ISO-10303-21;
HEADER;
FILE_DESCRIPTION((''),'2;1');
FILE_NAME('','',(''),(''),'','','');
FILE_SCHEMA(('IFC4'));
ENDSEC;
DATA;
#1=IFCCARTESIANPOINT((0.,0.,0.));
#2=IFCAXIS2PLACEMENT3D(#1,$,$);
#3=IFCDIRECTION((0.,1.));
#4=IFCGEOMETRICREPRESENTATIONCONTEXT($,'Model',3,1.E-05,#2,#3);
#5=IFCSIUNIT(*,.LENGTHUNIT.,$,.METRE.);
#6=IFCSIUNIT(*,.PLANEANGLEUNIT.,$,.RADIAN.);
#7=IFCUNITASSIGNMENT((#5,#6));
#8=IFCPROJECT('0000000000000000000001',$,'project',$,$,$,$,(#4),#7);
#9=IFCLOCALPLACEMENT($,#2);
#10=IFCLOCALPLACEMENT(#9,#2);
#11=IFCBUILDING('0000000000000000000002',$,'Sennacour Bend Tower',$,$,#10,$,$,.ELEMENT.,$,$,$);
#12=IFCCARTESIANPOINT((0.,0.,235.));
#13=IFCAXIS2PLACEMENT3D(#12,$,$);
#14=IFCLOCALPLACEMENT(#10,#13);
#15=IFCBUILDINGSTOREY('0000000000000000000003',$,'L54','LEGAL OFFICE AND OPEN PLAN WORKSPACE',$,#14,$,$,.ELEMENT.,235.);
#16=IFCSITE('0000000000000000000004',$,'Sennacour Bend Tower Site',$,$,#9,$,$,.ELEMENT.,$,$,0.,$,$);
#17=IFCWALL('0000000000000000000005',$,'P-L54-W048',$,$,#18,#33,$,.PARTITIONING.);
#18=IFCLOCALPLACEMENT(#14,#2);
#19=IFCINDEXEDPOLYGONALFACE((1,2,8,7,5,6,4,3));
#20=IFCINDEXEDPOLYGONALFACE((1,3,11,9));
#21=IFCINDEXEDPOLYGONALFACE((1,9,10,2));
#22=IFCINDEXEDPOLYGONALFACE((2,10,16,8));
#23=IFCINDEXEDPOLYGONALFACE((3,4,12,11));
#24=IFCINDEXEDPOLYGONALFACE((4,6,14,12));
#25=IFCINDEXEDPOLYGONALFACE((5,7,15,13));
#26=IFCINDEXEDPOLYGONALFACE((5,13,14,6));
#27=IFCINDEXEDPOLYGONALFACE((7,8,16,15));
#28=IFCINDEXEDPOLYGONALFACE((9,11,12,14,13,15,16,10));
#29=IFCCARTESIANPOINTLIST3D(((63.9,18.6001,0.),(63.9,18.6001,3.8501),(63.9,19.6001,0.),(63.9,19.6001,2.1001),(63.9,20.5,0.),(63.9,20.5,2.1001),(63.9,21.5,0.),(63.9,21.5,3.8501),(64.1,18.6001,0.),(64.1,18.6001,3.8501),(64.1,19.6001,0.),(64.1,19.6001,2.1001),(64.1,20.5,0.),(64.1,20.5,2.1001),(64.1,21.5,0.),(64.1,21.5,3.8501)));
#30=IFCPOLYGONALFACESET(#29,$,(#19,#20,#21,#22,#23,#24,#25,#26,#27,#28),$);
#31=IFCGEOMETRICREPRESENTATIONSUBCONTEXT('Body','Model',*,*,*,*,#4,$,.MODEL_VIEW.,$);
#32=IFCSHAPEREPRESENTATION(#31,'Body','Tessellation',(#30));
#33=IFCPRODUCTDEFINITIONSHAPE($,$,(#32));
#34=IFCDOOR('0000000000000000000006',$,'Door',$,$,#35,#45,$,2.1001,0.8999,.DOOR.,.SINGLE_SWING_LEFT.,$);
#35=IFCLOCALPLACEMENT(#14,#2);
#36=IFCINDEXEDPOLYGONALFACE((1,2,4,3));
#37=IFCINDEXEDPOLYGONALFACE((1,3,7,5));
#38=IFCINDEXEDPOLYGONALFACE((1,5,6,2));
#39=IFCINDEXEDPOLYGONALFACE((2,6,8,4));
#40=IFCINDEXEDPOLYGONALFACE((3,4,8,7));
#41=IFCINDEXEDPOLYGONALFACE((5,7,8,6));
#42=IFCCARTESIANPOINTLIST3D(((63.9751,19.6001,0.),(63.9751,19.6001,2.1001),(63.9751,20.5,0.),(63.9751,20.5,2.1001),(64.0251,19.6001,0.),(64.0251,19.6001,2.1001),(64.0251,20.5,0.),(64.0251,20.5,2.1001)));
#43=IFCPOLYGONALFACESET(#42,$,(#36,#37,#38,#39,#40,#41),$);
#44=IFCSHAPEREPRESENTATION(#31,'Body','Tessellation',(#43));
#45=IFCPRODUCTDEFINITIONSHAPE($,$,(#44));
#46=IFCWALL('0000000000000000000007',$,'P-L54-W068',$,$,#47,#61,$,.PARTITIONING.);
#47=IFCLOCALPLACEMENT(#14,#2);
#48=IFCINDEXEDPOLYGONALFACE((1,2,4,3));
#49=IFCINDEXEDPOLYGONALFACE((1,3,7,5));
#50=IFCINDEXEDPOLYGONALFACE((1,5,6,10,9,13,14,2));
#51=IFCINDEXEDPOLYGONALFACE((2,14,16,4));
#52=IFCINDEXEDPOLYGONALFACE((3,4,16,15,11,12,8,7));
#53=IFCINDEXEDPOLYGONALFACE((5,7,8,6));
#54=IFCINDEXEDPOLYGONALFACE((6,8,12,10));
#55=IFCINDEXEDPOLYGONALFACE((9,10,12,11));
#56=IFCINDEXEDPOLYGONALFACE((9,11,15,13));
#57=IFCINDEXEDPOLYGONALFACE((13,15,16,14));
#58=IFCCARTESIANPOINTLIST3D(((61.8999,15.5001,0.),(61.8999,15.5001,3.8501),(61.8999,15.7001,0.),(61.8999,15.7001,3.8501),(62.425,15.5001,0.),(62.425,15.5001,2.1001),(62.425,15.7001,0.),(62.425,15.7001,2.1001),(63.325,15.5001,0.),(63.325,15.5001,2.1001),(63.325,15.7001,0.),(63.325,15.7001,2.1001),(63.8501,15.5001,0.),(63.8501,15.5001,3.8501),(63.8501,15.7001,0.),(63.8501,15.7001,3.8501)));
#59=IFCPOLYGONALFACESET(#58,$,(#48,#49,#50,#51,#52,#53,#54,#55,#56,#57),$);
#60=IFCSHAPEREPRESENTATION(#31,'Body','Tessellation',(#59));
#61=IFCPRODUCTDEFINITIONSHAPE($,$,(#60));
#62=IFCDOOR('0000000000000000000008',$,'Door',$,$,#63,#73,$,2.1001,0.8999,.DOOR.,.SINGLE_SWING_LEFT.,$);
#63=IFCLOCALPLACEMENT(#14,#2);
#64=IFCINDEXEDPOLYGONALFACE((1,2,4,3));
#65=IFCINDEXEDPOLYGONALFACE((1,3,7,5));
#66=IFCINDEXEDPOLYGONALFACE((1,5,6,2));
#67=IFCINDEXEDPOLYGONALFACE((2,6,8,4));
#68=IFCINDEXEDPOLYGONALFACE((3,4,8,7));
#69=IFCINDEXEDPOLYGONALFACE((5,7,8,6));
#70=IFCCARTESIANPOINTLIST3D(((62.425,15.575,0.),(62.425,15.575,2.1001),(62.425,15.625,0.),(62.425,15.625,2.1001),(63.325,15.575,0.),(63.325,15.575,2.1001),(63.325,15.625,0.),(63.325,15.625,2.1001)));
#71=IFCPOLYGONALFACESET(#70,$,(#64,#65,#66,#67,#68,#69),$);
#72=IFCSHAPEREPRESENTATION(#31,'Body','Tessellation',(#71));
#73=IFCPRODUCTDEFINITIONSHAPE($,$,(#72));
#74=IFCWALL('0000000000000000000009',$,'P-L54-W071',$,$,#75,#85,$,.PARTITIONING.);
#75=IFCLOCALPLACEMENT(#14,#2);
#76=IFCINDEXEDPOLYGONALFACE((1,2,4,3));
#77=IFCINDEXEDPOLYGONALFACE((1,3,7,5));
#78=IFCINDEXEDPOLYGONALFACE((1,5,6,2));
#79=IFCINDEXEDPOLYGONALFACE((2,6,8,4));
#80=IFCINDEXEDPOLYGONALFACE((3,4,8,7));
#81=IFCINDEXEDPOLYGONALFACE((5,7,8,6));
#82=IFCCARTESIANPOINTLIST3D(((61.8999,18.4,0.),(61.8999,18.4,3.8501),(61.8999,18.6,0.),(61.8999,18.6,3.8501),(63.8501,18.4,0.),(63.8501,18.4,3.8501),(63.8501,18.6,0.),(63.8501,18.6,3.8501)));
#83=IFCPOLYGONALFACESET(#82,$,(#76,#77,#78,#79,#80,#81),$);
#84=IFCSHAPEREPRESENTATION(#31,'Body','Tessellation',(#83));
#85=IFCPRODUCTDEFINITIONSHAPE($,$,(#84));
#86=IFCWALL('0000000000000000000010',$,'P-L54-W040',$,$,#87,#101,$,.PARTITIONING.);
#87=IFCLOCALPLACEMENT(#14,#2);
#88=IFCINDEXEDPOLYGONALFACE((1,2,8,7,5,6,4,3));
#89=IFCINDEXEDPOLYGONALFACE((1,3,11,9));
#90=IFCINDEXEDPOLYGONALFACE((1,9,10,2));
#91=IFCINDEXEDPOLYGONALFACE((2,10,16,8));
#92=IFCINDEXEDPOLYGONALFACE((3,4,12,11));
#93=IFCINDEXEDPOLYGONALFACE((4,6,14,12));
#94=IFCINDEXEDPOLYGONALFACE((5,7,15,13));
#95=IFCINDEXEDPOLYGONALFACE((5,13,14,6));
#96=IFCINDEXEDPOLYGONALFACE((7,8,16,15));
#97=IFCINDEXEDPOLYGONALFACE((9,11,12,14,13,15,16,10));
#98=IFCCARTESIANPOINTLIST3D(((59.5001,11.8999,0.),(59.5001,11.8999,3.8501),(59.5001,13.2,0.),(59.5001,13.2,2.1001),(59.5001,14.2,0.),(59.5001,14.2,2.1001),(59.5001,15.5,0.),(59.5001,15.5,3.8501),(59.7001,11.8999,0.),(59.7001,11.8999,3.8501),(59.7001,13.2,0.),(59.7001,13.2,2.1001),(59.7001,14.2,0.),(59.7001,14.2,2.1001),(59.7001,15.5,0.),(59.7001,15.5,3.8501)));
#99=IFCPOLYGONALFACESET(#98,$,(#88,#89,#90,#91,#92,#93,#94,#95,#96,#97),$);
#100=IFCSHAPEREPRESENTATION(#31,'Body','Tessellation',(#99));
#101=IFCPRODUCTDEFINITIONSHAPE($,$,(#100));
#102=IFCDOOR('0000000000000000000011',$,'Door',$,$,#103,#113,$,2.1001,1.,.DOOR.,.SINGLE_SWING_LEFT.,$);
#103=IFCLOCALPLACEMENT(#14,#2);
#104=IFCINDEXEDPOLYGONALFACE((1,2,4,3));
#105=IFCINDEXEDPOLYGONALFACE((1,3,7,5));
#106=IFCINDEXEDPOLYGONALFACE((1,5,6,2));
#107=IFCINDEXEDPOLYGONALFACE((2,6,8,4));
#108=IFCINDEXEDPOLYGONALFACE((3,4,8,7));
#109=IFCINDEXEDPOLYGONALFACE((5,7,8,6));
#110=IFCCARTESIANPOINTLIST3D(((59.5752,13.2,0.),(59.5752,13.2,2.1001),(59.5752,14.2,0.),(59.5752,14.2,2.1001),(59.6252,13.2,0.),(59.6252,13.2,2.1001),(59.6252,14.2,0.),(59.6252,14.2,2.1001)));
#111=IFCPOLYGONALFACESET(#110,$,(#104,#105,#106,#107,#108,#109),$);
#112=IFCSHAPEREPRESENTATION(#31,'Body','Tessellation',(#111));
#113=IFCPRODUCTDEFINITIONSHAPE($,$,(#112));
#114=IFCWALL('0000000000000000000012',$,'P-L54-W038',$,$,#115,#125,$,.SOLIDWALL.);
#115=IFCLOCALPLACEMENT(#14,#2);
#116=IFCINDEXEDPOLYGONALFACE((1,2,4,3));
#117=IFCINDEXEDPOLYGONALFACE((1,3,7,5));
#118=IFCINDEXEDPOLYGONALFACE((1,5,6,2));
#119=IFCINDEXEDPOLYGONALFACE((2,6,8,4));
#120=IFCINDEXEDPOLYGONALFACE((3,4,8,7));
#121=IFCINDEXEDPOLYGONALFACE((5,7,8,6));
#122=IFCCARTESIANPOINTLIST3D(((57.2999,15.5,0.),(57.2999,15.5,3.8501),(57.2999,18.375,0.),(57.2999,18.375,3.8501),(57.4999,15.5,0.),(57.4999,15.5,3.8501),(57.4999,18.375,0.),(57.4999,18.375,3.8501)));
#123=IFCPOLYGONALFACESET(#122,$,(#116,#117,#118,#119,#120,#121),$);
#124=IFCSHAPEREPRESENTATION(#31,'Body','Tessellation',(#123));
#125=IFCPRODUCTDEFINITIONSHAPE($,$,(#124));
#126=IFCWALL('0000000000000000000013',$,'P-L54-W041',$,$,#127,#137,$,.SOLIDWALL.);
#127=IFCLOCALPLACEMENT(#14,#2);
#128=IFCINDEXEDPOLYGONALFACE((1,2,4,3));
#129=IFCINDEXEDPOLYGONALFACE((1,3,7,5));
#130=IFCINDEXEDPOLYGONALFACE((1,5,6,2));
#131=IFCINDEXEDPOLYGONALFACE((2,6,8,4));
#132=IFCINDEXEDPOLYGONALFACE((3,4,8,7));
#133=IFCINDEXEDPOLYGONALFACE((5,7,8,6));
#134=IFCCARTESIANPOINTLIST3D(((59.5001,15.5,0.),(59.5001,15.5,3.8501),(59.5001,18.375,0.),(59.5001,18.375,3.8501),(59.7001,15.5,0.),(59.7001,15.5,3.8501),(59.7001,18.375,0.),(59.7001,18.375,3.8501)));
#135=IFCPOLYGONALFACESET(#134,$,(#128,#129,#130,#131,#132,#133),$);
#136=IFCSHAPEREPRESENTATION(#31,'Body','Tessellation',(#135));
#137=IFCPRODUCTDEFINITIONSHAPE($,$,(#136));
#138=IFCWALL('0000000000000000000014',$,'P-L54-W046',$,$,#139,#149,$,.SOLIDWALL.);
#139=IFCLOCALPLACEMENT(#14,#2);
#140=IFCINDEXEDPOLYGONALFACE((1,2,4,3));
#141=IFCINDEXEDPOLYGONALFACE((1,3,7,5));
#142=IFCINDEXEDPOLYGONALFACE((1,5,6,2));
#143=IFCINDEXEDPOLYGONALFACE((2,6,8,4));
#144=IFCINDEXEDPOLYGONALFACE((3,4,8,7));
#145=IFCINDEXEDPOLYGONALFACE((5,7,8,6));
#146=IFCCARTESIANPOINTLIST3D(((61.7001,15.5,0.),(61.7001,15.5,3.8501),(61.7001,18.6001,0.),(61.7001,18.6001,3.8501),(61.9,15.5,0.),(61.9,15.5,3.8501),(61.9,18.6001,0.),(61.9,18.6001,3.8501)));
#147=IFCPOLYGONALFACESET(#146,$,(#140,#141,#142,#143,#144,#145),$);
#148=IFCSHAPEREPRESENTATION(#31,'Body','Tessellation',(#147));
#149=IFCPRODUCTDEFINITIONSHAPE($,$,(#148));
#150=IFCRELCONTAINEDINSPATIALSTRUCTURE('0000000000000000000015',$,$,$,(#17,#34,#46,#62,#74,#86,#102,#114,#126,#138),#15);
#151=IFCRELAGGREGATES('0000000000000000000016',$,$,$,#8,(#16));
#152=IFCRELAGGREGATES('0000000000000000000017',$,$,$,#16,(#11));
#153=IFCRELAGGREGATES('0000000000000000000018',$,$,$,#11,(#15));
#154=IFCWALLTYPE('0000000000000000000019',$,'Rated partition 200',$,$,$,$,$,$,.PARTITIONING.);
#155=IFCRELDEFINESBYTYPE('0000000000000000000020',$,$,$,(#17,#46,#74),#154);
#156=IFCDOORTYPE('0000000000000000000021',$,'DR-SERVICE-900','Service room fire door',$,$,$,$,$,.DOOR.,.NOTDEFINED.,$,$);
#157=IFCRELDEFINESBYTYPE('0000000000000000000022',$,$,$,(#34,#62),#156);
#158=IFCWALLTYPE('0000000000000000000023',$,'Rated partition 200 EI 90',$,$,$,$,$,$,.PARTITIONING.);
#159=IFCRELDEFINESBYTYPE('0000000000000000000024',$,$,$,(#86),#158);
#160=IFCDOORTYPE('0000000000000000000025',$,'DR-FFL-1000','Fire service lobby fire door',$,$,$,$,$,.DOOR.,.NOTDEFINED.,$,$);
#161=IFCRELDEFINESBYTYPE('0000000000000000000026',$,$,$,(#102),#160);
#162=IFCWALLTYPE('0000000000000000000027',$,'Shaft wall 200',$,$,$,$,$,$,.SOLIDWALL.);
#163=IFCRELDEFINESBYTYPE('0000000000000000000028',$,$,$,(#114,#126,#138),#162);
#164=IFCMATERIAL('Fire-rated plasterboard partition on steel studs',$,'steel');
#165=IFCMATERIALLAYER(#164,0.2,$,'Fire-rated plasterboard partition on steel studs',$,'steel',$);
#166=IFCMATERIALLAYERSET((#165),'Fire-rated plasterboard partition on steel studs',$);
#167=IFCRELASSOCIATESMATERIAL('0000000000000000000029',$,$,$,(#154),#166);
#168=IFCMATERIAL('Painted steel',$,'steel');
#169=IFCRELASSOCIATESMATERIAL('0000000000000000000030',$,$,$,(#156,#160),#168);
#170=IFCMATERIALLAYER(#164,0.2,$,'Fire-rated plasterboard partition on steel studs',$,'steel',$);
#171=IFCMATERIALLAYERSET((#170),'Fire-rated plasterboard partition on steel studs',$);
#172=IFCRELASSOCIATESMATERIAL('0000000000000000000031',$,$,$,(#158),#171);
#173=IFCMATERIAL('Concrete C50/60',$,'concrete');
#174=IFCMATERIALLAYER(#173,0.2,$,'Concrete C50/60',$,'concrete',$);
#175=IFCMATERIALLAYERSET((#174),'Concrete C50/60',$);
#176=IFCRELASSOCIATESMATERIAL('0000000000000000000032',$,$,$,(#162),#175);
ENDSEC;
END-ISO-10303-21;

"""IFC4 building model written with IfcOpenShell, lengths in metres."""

from ifc_helpers import new_model, si_unit, direction, frame, frame_2d, origin, place, context, subcontext, project, spatial, rectangle, extrude, material, layer, layer_set, type_object, element, fill, save


model = new_model("IFC4")

# Units and contexts
model_context = context("Model", 3, precision=1e-05, world=origin(), true_north=direction((0.0, 1.0)))
body_context = subcontext(model_context, "Body", "Model", "MODEL_VIEW")
ifc_project = project(units=[si_unit("LENGTHUNIT", "METRE"), si_unit("PLANEANGLEUNIT", "RADIAN")], contexts=[model_context])

# Site, building, storey
site_placement = place(None, origin())
site = spatial("IfcSite", under=ifc_project, at=site_placement, Name="Sennacour Bend Tower Site", CompositionType="ELEMENT", RefElevation=0.0)
building_placement = place(site_placement, origin())
building = spatial("IfcBuilding", under=site, at=building_placement, Name="Sennacour Bend Tower", CompositionType="ELEMENT")
storey_placement = place(building_placement, frame((0.0, 0.0, 235.0)))
storey = spatial("IfcBuildingStorey", under=building, at=storey_placement, Name="L54", Description="LEGAL OFFICE AND OPEN PLAN WORKSPACE", CompositionType="ELEMENT", Elevation=235.0)

# Walls, openings, doors
ifc_material_1 = material(Name="Fire-rated plasterboard partition on steel studs", Category="steel")
ifc_layer_1 = layer(ifc_material_1, 0.2, Name="Fire-rated plasterboard partition on steel studs", Category="steel")
ifc_layer_set_1 = layer_set([ifc_layer_1], Name="Fire-rated plasterboard partition on steel studs")
wall_type_1 = type_object("IfcWallType", Name="Rated partition 200", PredefinedType="PARTITIONING", material=ifc_layer_set_1)
wall_1_placement = place(storey_placement, frame((64.0, 18.6001, 0.0), z_axis=(0.0, 0.0, 1.0), x_axis=(0.0, 1.0, 0.0)))
wall_1 = element("IfcWall", 1, at=wall_1_placement, inside=storey, type_object=wall_type_1, Name="P-L54-W048", PredefinedType="PARTITIONING", context=body_context, shape_type="SweptSolid", body=[
    extrude(rectangle(XDim=2.8999, YDim=0.2, at=frame_2d((1.45, 0.0))), origin(), (0.0, 0.0, 1.0), 3.8501),
])
opening_1_placement = place(wall_1_placement, frame((1.0, 0.0, 0.0)))
opening_1 = element("IfcOpeningElement", 2, at=opening_1_placement, cuts=wall_1, PredefinedType="OPENING", context=body_context, shape_type="SweptSolid", body=[
    extrude(rectangle(XDim=0.8999, YDim=2.1001, at=frame_2d((0.45, 1.05))), frame((0.0, 0.1099, 0.0), z_axis=(0.0, -1.0, 0.0), x_axis=(1.0, 0.0, 0.0)), (0.0, 0.0, 1.0), 0.22),
])
ifc_material_2 = material(Name="Painted steel", Category="steel")
door_type_1 = type_object("IfcDoorType", Name="DR-SERVICE-900", Description="Service room fire door", OperationType="NOTDEFINED", PredefinedType="DOOR", material=ifc_material_2)
door_1_placement = place(opening_1_placement, origin())
door_1 = element("IfcDoor", 3, at=door_1_placement, inside=storey, type_object=door_type_1, Name="Door", OperationType="SINGLE_SWING_LEFT", OverallHeight=2.1001, OverallWidth=0.8999, PredefinedType="DOOR", context=body_context, shape_type="SweptSolid", body=[
    extrude(rectangle(XDim=0.8999, YDim=2.1001, at=frame_2d((0.45, 1.05))), frame((0.0, 0.0249, 0.0), z_axis=(0.0, -1.0, 0.0), x_axis=(1.0, 0.0, 0.0)), (0.0, 0.0, 1.0), 0.05),
])
fill(opening_1, door_1)
wall_2_placement = place(storey_placement, frame((61.8999, 15.6001, 0.0), z_axis=(0.0, 0.0, 1.0), x_axis=(1.0, 0.0, 0.0)))
wall_2 = element("IfcWall", 4, at=wall_2_placement, inside=storey, type_object=wall_type_1, Name="P-L54-W068", PredefinedType="PARTITIONING", context=body_context, shape_type="SweptSolid", body=[
    extrude(rectangle(XDim=1.9502, YDim=0.2, at=frame_2d((0.9751, 0.0))), origin(), (0.0, 0.0, 1.0), 3.8501),
])
opening_2_placement = place(wall_2_placement, frame((0.5251, 0.0, 0.0)))
opening_2 = element("IfcOpeningElement", 5, at=opening_2_placement, cuts=wall_2, PredefinedType="OPENING", context=body_context, shape_type="SweptSolid", body=[
    extrude(rectangle(XDim=0.8999, YDim=2.1001, at=frame_2d((0.45, 1.05))), frame((0.0, 0.1099, 0.0), z_axis=(0.0, -1.0, 0.0), x_axis=(1.0, 0.0, 0.0)), (0.0, 0.0, 1.0), 0.22),
])
door_2_placement = place(opening_2_placement, origin())
door_2 = element("IfcDoor", 6, at=door_2_placement, inside=storey, type_object=door_type_1, Name="Door", OperationType="SINGLE_SWING_LEFT", OverallHeight=2.1001, OverallWidth=0.8999, PredefinedType="DOOR", context=body_context, shape_type="SweptSolid", body=[
    extrude(rectangle(XDim=0.8999, YDim=2.1001, at=frame_2d((0.45, 1.05))), frame((0.0, 0.0249, 0.0), z_axis=(0.0, -1.0, 0.0), x_axis=(1.0, 0.0, 0.0)), (0.0, 0.0, 1.0), 0.05),
])
fill(opening_2, door_2)

# Wall
wall_3_placement = place(storey_placement, frame((61.8999, 18.5, 0.0), z_axis=(0.0, 0.0, 1.0), x_axis=(1.0, 0.0, 0.0)))
element("IfcWall", 7, at=wall_3_placement, inside=storey, type_object=wall_type_1, Name="P-L54-W071", PredefinedType="PARTITIONING", context=body_context, shape_type="SweptSolid", body=[
    extrude(rectangle(XDim=1.9502, YDim=0.2, at=frame_2d((0.9751, 0.0))), origin(), (0.0, 0.0, 1.0), 3.8501),
])

# Wall, opening, door
ifc_layer_2 = layer(ifc_material_1, 0.2, Name="Fire-rated plasterboard partition on steel studs", Category="steel")
ifc_layer_set_2 = layer_set([ifc_layer_2], Name="Fire-rated plasterboard partition on steel studs")
wall_type_2 = type_object("IfcWallType", Name="Rated partition 200 EI 90", PredefinedType="PARTITIONING", material=ifc_layer_set_2)
wall_4_placement = place(storey_placement, frame((59.6001, 11.8999, 0.0), z_axis=(0.0, 0.0, 1.0), x_axis=(0.0, 1.0, 0.0)))
wall_4 = element("IfcWall", 8, at=wall_4_placement, inside=storey, type_object=wall_type_2, Name="P-L54-W040", PredefinedType="PARTITIONING", context=body_context, shape_type="SweptSolid", body=[
    extrude(rectangle(XDim=3.6001, YDim=0.2, at=frame_2d((1.8, 0.0))), origin(), (0.0, 0.0, 1.0), 3.8501),
])
opening_3_placement = place(wall_4_placement, frame((1.3, 0.0, 0.0)))
opening_3 = element("IfcOpeningElement", 9, at=opening_3_placement, cuts=wall_4, PredefinedType="OPENING", context=body_context, shape_type="SweptSolid", body=[
    extrude(rectangle(XDim=1.0, YDim=2.1001, at=frame_2d((0.5, 1.05))), frame((0.0, 0.1099, 0.0), z_axis=(0.0, -1.0, 0.0), x_axis=(1.0, 0.0, 0.0)), (0.0, 0.0, 1.0), 0.22),
])
door_type_2 = type_object("IfcDoorType", Name="DR-FFL-1000", Description="Fire service lobby fire door", OperationType="NOTDEFINED", PredefinedType="DOOR", material=ifc_material_2)
door_3_placement = place(opening_3_placement, origin())
door_3 = element("IfcDoor", 10, at=door_3_placement, inside=storey, type_object=door_type_2, Name="Door", OperationType="SINGLE_SWING_LEFT", OverallHeight=2.1001, OverallWidth=1.0, PredefinedType="DOOR", context=body_context, shape_type="SweptSolid", body=[
    extrude(rectangle(XDim=1.0, YDim=2.1001, at=frame_2d((0.5, 1.05))), frame((0.0, 0.0249, 0.0), z_axis=(0.0, -1.0, 0.0), x_axis=(1.0, 0.0, 0.0)), (0.0, 0.0, 1.0), 0.05),
])
fill(opening_3, door_3)

# Walls
ifc_material_3 = material(Name="Concrete C50/60", Category="concrete")
ifc_layer_3 = layer(ifc_material_3, 0.2, Name="Concrete C50/60", Category="concrete")
ifc_layer_set_3 = layer_set([ifc_layer_3], Name="Concrete C50/60")
wall_type_3 = type_object("IfcWallType", Name="Shaft wall 200", PredefinedType="SOLIDWALL", material=ifc_layer_set_3)
for number, where, z_axis, x_axis, name in (
    (11, (57.3999, 15.5, 0.0), (0.0, 0.0, 1.0), (0.0, 1.0, 0.0), "P-L54-W038"),
    (12, (59.6001, 15.5, 0.0), (0.0, 0.0, 1.0), (0.0, 1.0, 0.0), "P-L54-W041"),
):
    element("IfcWall", number, at=place(storey_placement, frame(where, z_axis=z_axis, x_axis=x_axis)), inside=storey, type_object=wall_type_3, Name=name, PredefinedType="SOLIDWALL", context=body_context, shape_type="SweptSolid", body=[
        extrude(rectangle(XDim=2.875, YDim=0.2, at=frame_2d((1.4375, 0.0))), origin(), (0.0, 0.0, 1.0), 3.8501),
    ])
wall_5_placement = place(storey_placement, frame((61.8, 15.5, 0.0), z_axis=(0.0, 0.0, 1.0), x_axis=(0.0, 1.0, 0.0)))
element("IfcWall", 13, at=wall_5_placement, inside=storey, type_object=wall_type_3, Name="P-L54-W046", PredefinedType="SOLIDWALL", context=body_context, shape_type="SweptSolid", body=[
    extrude(rectangle(XDim=3.1001, YDim=0.2, at=frame_2d((1.55, 0.0))), origin(), (0.0, 0.0, 1.0), 3.8501),
])

save(model, "model.ifc")
